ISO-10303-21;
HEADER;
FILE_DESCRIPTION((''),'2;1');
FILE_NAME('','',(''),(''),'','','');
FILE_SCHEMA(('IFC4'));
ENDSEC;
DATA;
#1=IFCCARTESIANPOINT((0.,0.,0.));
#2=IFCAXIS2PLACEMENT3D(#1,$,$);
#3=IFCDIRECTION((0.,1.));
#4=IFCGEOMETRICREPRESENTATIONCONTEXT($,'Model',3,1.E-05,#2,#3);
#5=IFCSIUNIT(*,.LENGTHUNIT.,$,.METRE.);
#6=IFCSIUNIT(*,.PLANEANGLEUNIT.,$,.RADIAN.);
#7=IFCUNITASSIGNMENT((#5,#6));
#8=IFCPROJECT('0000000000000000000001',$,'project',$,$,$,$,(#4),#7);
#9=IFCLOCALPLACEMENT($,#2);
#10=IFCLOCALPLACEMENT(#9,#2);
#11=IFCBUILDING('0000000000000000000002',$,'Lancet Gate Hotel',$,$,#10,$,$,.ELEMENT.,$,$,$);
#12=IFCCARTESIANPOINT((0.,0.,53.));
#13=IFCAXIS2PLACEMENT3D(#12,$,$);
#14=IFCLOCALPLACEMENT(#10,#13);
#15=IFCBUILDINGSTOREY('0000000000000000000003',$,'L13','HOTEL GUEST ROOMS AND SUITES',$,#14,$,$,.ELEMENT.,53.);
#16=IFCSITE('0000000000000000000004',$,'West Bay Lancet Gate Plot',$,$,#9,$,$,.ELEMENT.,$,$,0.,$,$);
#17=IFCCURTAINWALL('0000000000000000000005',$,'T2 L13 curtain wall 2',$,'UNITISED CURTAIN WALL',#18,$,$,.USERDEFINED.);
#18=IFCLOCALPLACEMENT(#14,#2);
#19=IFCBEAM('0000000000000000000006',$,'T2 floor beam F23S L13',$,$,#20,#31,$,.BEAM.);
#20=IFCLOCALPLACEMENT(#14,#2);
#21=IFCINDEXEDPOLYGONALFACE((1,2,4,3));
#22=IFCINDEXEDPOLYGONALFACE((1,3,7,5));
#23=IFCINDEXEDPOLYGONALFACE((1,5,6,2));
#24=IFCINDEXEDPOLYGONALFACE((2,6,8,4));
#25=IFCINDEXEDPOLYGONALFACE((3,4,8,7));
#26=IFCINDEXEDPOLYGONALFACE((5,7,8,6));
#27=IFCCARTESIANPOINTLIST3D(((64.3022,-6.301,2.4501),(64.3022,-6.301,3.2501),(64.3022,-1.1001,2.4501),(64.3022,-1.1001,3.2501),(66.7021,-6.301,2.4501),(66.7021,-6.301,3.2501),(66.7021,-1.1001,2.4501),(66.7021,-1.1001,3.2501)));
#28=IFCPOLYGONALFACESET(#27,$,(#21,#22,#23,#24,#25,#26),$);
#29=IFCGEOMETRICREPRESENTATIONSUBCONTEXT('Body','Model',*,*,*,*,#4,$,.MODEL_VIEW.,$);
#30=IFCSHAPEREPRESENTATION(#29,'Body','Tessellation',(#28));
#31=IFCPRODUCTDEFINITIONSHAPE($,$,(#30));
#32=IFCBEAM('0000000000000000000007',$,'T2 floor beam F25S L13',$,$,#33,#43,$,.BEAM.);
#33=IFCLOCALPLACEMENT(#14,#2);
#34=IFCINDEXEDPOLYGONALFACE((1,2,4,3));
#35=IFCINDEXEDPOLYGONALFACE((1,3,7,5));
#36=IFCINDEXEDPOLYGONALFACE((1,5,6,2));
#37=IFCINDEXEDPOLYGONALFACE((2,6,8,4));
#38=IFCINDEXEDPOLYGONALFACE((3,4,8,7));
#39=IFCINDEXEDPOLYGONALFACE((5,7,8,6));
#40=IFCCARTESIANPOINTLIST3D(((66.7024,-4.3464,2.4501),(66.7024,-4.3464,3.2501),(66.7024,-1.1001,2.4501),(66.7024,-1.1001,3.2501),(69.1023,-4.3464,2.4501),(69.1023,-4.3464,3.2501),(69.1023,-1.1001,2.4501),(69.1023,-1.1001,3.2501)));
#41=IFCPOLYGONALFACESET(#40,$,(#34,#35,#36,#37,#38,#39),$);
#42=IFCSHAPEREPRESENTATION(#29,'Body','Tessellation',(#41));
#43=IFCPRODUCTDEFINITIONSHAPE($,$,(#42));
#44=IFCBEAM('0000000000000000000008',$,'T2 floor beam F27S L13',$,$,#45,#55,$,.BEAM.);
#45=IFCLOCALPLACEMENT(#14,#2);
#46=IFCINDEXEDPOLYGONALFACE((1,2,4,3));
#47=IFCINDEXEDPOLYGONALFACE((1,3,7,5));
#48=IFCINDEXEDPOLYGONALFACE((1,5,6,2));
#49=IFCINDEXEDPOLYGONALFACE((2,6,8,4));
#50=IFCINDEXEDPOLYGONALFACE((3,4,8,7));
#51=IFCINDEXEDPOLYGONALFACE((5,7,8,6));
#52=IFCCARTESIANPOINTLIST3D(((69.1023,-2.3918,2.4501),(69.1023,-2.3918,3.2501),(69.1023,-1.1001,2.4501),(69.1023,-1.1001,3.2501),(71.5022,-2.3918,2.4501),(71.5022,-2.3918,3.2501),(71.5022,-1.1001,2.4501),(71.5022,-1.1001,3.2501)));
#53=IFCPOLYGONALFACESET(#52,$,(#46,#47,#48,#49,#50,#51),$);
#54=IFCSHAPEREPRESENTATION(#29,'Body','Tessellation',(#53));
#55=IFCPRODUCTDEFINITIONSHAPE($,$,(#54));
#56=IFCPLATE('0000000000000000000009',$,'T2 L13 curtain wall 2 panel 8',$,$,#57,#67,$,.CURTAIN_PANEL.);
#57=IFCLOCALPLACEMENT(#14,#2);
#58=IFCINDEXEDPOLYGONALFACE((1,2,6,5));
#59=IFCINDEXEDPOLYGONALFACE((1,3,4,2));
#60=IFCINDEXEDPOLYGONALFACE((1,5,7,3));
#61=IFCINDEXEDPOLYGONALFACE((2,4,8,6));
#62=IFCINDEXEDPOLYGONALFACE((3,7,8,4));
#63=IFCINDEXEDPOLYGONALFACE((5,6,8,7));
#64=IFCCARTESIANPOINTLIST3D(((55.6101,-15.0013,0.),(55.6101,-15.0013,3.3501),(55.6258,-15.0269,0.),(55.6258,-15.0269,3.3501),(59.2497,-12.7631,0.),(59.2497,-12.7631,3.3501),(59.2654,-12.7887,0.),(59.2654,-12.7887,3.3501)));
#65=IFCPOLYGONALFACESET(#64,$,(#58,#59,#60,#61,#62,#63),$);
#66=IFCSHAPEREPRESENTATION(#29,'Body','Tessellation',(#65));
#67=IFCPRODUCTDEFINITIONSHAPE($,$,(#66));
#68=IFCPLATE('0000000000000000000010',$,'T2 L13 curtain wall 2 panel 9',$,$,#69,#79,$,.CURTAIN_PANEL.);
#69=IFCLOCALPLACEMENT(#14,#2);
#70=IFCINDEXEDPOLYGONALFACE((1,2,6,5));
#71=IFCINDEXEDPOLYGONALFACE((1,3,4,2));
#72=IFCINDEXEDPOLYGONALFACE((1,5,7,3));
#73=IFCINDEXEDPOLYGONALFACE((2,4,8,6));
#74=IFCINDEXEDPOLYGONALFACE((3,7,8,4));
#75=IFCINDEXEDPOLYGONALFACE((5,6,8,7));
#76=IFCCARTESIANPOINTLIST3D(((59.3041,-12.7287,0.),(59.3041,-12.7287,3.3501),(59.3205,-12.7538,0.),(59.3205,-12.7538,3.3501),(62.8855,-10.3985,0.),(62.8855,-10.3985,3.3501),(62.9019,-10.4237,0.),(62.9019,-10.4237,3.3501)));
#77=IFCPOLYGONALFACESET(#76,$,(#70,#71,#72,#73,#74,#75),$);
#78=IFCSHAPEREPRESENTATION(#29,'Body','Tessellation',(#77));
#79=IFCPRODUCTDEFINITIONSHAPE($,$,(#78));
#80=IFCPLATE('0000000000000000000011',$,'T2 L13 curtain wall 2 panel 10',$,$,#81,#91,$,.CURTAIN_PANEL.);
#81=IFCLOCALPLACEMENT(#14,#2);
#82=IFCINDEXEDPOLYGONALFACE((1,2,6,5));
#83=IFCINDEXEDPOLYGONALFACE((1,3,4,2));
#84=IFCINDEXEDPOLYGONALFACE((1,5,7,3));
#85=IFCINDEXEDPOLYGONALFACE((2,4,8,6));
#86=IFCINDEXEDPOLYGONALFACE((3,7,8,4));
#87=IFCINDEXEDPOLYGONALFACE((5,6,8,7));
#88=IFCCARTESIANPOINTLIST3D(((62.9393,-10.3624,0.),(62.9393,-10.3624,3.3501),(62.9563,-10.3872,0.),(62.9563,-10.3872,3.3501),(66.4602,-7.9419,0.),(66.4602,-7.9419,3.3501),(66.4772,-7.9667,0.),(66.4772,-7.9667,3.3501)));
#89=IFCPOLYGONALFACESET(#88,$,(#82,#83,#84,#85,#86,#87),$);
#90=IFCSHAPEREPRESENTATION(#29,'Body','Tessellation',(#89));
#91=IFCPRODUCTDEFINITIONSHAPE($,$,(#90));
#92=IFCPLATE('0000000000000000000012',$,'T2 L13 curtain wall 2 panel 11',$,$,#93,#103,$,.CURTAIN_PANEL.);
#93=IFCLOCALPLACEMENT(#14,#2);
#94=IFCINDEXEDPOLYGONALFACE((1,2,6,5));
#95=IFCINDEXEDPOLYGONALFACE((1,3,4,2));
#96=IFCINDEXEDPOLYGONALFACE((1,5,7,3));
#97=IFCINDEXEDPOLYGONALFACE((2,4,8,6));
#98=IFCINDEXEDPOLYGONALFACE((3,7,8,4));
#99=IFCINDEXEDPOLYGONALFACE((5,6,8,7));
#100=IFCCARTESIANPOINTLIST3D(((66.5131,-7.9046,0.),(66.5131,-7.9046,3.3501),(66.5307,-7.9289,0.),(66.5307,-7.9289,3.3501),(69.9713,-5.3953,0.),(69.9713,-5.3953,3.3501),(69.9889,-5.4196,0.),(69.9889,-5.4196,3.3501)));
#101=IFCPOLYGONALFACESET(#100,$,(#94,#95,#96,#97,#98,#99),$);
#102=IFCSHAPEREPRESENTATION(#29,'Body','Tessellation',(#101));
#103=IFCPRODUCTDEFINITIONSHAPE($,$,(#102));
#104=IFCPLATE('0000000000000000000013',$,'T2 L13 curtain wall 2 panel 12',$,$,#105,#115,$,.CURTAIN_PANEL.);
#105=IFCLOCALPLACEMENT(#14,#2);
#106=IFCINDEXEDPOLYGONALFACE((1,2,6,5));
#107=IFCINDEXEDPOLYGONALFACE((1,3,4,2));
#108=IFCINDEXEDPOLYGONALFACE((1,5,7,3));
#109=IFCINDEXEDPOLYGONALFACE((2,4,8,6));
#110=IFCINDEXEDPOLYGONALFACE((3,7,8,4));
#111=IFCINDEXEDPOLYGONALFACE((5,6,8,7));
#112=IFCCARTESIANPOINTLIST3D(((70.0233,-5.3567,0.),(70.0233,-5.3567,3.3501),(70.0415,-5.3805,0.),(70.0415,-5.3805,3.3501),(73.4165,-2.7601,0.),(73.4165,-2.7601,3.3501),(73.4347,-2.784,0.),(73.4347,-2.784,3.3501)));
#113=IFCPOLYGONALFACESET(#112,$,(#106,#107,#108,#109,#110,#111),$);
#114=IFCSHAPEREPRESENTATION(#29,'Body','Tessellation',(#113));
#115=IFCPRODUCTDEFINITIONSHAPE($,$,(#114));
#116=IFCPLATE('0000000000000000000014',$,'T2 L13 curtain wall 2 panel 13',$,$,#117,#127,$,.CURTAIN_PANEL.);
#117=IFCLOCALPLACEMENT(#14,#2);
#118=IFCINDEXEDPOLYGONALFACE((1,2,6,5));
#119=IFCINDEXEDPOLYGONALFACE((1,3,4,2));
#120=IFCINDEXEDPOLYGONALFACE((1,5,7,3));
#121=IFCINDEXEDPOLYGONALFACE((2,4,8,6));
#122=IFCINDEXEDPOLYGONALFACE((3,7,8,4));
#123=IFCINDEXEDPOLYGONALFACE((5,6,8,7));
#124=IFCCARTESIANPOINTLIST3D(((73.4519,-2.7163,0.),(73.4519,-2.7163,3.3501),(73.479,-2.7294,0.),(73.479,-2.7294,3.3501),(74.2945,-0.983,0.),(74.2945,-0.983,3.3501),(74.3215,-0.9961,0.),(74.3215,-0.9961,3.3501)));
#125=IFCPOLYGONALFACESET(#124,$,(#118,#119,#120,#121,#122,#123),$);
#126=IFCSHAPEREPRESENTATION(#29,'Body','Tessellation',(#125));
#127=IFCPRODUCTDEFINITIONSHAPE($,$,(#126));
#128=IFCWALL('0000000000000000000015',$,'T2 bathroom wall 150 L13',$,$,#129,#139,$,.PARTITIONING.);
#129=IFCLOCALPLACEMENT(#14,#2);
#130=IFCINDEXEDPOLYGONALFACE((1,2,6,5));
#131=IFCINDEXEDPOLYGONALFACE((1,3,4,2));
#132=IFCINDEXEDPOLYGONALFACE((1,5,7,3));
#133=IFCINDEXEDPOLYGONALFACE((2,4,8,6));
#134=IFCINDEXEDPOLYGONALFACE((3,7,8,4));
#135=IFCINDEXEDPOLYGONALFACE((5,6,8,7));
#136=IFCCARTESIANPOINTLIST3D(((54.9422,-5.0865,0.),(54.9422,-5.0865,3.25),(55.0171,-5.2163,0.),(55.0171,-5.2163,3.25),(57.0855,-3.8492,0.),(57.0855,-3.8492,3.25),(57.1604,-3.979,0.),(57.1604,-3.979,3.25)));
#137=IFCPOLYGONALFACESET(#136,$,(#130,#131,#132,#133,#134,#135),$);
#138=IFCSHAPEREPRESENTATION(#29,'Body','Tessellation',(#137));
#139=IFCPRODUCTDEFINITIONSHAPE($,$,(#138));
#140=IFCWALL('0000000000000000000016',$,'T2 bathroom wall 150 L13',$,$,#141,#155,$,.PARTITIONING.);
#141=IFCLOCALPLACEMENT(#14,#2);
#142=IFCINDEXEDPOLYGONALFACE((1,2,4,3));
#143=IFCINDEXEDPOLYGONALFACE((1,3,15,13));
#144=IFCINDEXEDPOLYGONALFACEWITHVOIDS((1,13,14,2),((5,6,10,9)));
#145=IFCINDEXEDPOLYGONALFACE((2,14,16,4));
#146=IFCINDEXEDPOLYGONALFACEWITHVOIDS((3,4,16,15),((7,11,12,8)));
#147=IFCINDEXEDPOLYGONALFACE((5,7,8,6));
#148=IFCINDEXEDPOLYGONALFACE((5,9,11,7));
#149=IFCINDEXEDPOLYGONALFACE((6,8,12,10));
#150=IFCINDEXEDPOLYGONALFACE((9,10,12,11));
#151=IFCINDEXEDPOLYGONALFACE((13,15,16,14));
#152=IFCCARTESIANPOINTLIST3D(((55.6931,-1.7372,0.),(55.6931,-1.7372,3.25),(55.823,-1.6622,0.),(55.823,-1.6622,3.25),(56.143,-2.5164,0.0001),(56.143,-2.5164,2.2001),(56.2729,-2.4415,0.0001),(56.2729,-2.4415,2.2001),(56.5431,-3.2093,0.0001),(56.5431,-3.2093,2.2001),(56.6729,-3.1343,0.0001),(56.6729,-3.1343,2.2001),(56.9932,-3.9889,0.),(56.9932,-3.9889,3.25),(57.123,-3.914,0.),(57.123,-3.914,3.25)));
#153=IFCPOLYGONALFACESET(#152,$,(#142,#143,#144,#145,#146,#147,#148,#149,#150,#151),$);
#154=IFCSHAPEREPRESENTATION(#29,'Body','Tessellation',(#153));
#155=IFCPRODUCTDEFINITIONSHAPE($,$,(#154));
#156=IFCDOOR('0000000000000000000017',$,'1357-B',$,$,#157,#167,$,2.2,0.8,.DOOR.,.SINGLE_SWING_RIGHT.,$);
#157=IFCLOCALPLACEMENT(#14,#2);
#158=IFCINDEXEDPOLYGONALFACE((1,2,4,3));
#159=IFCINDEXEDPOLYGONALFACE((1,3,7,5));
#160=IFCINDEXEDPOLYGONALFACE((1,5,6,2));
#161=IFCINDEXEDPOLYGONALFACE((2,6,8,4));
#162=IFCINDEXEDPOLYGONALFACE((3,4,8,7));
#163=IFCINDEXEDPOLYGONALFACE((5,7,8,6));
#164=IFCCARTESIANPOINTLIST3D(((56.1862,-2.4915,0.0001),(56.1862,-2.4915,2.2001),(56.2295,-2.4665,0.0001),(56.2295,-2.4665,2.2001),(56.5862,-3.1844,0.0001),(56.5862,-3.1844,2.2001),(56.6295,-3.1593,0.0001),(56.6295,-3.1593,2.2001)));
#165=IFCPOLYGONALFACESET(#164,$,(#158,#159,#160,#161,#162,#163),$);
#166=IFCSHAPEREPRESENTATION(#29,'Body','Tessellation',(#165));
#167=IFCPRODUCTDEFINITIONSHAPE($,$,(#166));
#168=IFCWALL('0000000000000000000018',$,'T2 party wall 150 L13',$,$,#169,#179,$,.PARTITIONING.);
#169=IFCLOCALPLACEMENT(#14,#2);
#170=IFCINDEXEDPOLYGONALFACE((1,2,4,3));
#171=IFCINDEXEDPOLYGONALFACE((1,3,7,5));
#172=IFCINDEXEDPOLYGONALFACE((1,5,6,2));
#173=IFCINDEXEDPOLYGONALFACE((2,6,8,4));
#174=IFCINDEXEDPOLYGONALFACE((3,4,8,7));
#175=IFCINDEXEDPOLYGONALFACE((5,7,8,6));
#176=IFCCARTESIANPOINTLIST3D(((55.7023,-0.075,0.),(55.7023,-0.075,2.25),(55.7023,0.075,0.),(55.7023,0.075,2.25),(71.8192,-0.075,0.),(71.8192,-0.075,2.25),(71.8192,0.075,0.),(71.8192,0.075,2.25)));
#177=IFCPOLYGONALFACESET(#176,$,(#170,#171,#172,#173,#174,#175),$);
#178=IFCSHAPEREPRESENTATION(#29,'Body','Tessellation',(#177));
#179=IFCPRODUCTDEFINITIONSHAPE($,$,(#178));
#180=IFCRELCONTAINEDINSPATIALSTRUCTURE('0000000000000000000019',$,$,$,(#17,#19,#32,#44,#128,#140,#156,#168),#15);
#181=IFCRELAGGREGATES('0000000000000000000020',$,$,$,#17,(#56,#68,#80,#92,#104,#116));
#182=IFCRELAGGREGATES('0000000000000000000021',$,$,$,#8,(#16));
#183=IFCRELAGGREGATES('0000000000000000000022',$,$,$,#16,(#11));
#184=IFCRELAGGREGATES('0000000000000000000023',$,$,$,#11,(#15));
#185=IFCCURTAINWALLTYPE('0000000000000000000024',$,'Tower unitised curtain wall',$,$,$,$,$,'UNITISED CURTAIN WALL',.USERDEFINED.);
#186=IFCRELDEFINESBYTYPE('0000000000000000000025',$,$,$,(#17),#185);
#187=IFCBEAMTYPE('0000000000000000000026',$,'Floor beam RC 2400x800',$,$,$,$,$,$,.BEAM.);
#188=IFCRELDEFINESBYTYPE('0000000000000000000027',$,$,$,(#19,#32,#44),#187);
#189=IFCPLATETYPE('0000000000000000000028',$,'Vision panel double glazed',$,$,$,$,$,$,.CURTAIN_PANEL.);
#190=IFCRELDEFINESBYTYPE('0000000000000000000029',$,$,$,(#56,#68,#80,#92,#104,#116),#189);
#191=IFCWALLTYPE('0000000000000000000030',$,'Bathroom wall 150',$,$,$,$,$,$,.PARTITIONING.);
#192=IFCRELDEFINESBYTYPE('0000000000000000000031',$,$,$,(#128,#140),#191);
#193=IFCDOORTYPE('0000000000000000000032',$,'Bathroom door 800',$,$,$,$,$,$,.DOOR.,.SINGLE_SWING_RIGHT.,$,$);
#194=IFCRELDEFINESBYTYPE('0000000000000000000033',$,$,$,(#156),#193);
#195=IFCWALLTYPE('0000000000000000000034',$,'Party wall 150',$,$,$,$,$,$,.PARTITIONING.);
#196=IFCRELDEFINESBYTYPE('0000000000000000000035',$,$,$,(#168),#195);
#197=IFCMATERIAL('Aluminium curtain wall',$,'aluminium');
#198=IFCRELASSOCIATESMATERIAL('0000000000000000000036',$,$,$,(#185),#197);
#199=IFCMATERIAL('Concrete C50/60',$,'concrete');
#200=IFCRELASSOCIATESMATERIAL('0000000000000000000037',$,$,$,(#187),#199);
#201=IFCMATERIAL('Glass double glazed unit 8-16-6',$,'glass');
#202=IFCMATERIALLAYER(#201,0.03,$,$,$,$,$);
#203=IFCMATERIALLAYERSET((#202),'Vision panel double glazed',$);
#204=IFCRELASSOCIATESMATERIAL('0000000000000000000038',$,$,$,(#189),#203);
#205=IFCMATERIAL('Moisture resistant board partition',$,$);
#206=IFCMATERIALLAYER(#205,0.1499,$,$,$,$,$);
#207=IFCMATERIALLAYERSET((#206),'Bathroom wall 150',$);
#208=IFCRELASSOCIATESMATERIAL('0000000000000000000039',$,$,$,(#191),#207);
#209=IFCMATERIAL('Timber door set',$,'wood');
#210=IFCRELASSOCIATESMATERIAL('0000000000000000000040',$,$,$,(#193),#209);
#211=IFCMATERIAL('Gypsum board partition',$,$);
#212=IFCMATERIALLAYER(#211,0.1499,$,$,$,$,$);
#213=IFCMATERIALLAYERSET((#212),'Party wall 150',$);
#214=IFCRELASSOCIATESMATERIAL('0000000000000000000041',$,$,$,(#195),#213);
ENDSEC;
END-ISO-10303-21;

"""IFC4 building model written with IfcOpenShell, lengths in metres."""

from ifc_helpers import new_model, si_unit, direction, frame, frame_2d, origin, origin_2d, place, context, subcontext, project, spatial, rectangle, extrude, material, layer, layer_set, material_profile, profile_set, type_object, element, fill, aggregate, save


model = new_model("IFC4")

# Units and contexts
model_context = context("Model", 3, precision=1e-05, world=origin(), true_north=direction((0.0, 1.0)))
body_context = subcontext(model_context, "Body", "Model", "MODEL_VIEW")
ifc_project = project(units=[si_unit("LENGTHUNIT", "METRE"), si_unit("PLANEANGLEUNIT", "RADIAN")], contexts=[model_context])

# Site, building, storey
site_placement = place(None, origin())
site = spatial("IfcSite", under=ifc_project, at=site_placement, Name="West Bay Lancet Gate Plot", CompositionType="ELEMENT", RefElevation=0.0)
building_placement = place(site_placement, origin())
building = spatial("IfcBuilding", under=site, at=building_placement, Name="Lancet Gate Hotel", CompositionType="ELEMENT")
storey_placement = place(building_placement, frame((0.0, 0.0, 53.0)))
storey = spatial("IfcBuildingStorey", under=building, at=storey_placement, Name="L13", Description="HOTEL GUEST ROOMS AND SUITES", CompositionType="ELEMENT", Elevation=53.0)

# Curtain wall
ifc_material_1 = material(Name="Aluminium curtain wall", Category="aluminium")
curtain_wall_type = type_object("IfcCurtainWallType", Name="Tower unitised curtain wall", ElementType="UNITISED CURTAIN WALL", PredefinedType="USERDEFINED", material=ifc_material_1)
curtain_wall_placement = place(storey_placement, origin())
curtain_wall = element("IfcCurtainWall", 1, at=curtain_wall_placement, inside=storey, type_object=curtain_wall_type, Name="T2 L13 curtain wall 2", ObjectType="UNITISED CURTAIN WALL", PredefinedType="USERDEFINED")

# Beams
ifc_material_2 = material(Name="Concrete C50/60", Category="concrete")
ifc_material_profile_1 = material_profile(ifc_material_2, rectangle(XDim=2.3999, YDim=0.8, at=origin_2d()), Name="RC 2400x800")
ifc_profile_set_1 = profile_set([ifc_material_profile_1], Name="Concrete C50/60")
beam_type_1 = type_object("IfcBeamType", Name="Floor beam RC 2400x800", PredefinedType="BEAM", material=ifc_profile_set_1)
beam_1_placement = place(storey_placement, frame((65.5022, -6.301, 2.8501), z_axis=(0.0, 1.0, 0.0), x_axis=(-1.0, 0.0, 0.0)))
element("IfcBeam", 2, at=beam_1_placement, inside=storey, type_object=beam_type_1, Name="T2 floor beam F23S L13", PredefinedType="BEAM", context=body_context, shape_type="SweptSolid", body=[
    extrude(rectangle(XDim=2.3999, YDim=0.8, at=origin_2d()), origin(), (0.0, 0.0, 1.0), 5.2009),
])
beam_2_placement = place(storey_placement, frame((67.9023, -4.3464, 2.8501), z_axis=(0.0, 1.0, 0.0), x_axis=(-1.0, 0.0, 0.0)))
element("IfcBeam", 3, at=beam_2_placement, inside=storey, type_object=beam_type_1, Name="T2 floor beam F25S L13", PredefinedType="BEAM", context=body_context, shape_type="SweptSolid", body=[
    extrude(rectangle(XDim=2.3999, YDim=0.8, at=origin_2d()), origin(), (0.0, 0.0, 1.0), 3.2463),
])
beam_3_placement = place(storey_placement, frame((70.3022, -2.3918, 2.8501), z_axis=(0.0, 1.0, 0.0), x_axis=(-1.0, 0.0, 0.0)))
element("IfcBeam", 4, at=beam_3_placement, inside=storey, type_object=beam_type_1, Name="T2 floor beam F27S L13", PredefinedType="BEAM", context=body_context, shape_type="SweptSolid", body=[
    extrude(rectangle(XDim=2.3999, YDim=0.8, at=origin_2d()), origin(), (0.0, 0.0, 1.0), 1.2917),
])

# Plates
ifc_material_3 = material(Name="Glass double glazed unit 8-16-6", Category="glass")
ifc_layer_1 = layer(ifc_material_3, 0.03)
ifc_layer_set_1 = layer_set([ifc_layer_1], Name="Vision panel double glazed")
plate_type = type_object("IfcPlateType", Name="Vision panel double glazed", PredefinedType="CURTAIN_PANEL", material=ifc_layer_set_1)
plate_1_placement = place(storey_placement, frame((57.4377, -13.895, 0.0), z_axis=(0.0, 0.0, 1.0), x_axis=(0.851815, 0.523842, 0.0)))
plate_1 = element("IfcPlate", 5, at=plate_1_placement, type_object=plate_type, Name="T2 L13 curtain wall 2 panel 8", PredefinedType="CURTAIN_PANEL", context=body_context, shape_type="SweptSolid", body=[
    extrude(rectangle(XDim=4.2727, YDim=0.03, at=origin_2d()), origin(), (0.0, 0.0, 1.0), 3.3501),
])
plate_2_placement = place(storey_placement, frame((61.103, -11.5762, 0.0), z_axis=(0.0, 0.0, 1.0), x_axis=(0.838207, 0.545353, 0.0)))
plate_2 = element("IfcPlate", 6, at=plate_2_placement, type_object=plate_type, Name="T2 L13 curtain wall 2 panel 9", PredefinedType="CURTAIN_PANEL", context=body_context, shape_type="SweptSolid", body=[
    extrude(rectangle(XDim=4.2727, YDim=0.03, at=origin_2d()), origin(), (0.0, 0.0, 1.0), 3.3501),
])
plate_3_placement = place(storey_placement, frame((64.7083, -9.1646, 0.0), z_axis=(0.0, 0.0, 1.0), x_axis=(0.824055, 0.566509, 0.0)))
plate_3 = element("IfcPlate", 7, at=plate_3_placement, type_object=plate_type, Name="T2 L13 curtain wall 2 panel 10", PredefinedType="CURTAIN_PANEL", context=body_context, shape_type="SweptSolid", body=[
    extrude(rectangle(XDim=4.2727, YDim=0.03, at=origin_2d()), origin(), (0.0, 0.0, 1.0), 3.3501),
])
plate_4_placement = place(storey_placement, frame((68.251, -6.6621, 0.0), z_axis=(0.0, 0.0, 1.0), x_axis=(0.80937, 0.587299, 0.0)))
plate_4 = element("IfcPlate", 8, at=plate_4_placement, type_object=plate_type, Name="T2 L13 curtain wall 2 panel 11", PredefinedType="CURTAIN_PANEL", context=body_context, shape_type="SweptSolid", body=[
    extrude(rectangle(XDim=4.2727, YDim=0.03, at=origin_2d()), origin(), (0.0, 0.0, 1.0), 3.3501),
])
plate_5_placement = place(storey_placement, frame((71.729, -4.0703, 0.0), z_axis=(0.0, 0.0, 1.0), x_axis=(0.79416, 0.607709, 0.0)))
plate_5 = element("IfcPlate", 9, at=plate_5_placement, type_object=plate_type, Name="T2 L13 curtain wall 2 panel 12", PredefinedType="CURTAIN_PANEL", context=body_context, shape_type="SweptSolid", body=[
    extrude(rectangle(XDim=4.2727, YDim=0.03, at=origin_2d()), origin(), (0.0, 0.0, 1.0), 3.3501),
])
plate_6_placement = place(storey_placement, frame((73.8867, -1.8562, 0.0), z_axis=(0.0, 0.0, 1.0), x_axis=(0.437169, 0.899379, 0.0)))
plate_6 = element("IfcPlate", 10, at=plate_6_placement, type_object=plate_type, Name="T2 L13 curtain wall 2 panel 13", PredefinedType="CURTAIN_PANEL", context=body_context, shape_type="SweptSolid", body=[
    extrude(rectangle(XDim=1.9272, YDim=0.03, at=origin_2d()), origin(), (0.0, 0.0, 1.0), 3.3501),
])
aggregate(curtain_wall, [plate_1, plate_2, plate_3, plate_4, plate_5, plate_6])

# Wall
ifc_material_4 = material(Name="Moisture resistant board partition")
ifc_layer_2 = layer(ifc_material_4, 0.1499)
ifc_layer_set_2 = layer_set([ifc_layer_2], Name="Bathroom wall 150")
wall_type_1 = type_object("IfcWallType", Name="Bathroom wall 150", PredefinedType="PARTITIONING", material=ifc_layer_set_2)
wall_1_placement = place(storey_placement, frame((54.9797, -5.1514, 0.0), z_axis=(0.0, 0.0, 1.0), x_axis=(0.866049, 0.499959, 0.0)))
element("IfcWall", 11, at=wall_1_placement, inside=storey, type_object=wall_type_1, Name="T2 bathroom wall 150 L13", PredefinedType="PARTITIONING", context=body_context, shape_type="SweptSolid", body=[
    extrude(rectangle(XDim=2.4749, YDim=0.1499, at=frame_2d((1.2373, 0.0))), origin(), (0.0, 0.0, 1.0), 3.25),
])

# Wall, opening, door
wall_2_placement = place(storey_placement, frame((55.7581, -1.6997, 0.0), z_axis=(0.0, 0.0, 1.0), x_axis=(0.500007, -0.866021, 0.0)))
wall_2 = element("IfcWall", 12, at=wall_2_placement, inside=storey, type_object=wall_type_1, Name="T2 bathroom wall 150 L13", PredefinedType="PARTITIONING", context=body_context, shape_type="SweptSolid", body=[
    extrude(rectangle(XDim=2.6001, YDim=0.1499, at=frame_2d((1.3, 0.0))), origin(), (0.0, 0.0, 1.0), 3.25),
])
opening_placement = place(wall_2_placement, frame((0.8999, 0.0, 0.0)))
opening = element("IfcOpeningElement", 13, at=opening_placement, cuts=wall_2, PredefinedType="OPENING", context=body_context, shape_type="SweptSolid", body=[
    extrude(rectangle(XDim=0.8, YDim=2.2, at=frame_2d((0.3999, 1.1001))), frame((0.0, 0.085, 0.0), z_axis=(0.0, -1.0, 0.0), x_axis=(1.0, 0.0, 0.0)), (0.0, 0.0, 1.0), 0.1699),
])
ifc_material_5 = material(Name="Timber door set", Category="wood")
door_type = type_object("IfcDoorType", Name="Bathroom door 800", OperationType="SINGLE_SWING_RIGHT", PredefinedType="DOOR", material=ifc_material_5)
door_placement = place(opening_placement, origin())
door = element("IfcDoor", 14, at=door_placement, inside=storey, type_object=door_type, Name="1357-B", OperationType="SINGLE_SWING_RIGHT", OverallHeight=2.2, OverallWidth=0.8, PredefinedType="DOOR", context=body_context, shape_type="SweptSolid", body=[
    extrude(rectangle(XDim=0.8, YDim=2.2, at=frame_2d((0.3999, 1.1001))), frame((0.0, 0.0249, 0.0), z_axis=(0.0, -1.0, 0.0), x_axis=(1.0, 0.0, 0.0)), (0.0, 0.0, 1.0), 0.05),
])
fill(opening, door)

# Wall
ifc_material_6 = material(Name="Gypsum board partition")
ifc_layer_3 = layer(ifc_material_6, 0.1499)
ifc_layer_set_3 = layer_set([ifc_layer_3], Name="Party wall 150")
wall_type_2 = type_object("IfcWallType", Name="Party wall 150", PredefinedType="PARTITIONING", material=ifc_layer_set_3)
wall_3_placement = place(storey_placement, frame((55.7021, 0.0, 0.0), z_axis=(0.0, 0.0, 1.0), x_axis=(1.0, 0.0, 0.0)))
element("IfcWall", 15, at=wall_3_placement, inside=storey, type_object=wall_type_2, Name="T2 party wall 150 L13", PredefinedType="PARTITIONING", context=body_context, shape_type="SweptSolid", body=[
    extrude(rectangle(XDim=16.1169, YDim=0.1499, at=frame_2d((8.0586, 0.0))), origin(), (0.0, 0.0, 1.0), 2.25),
])

save(model, "model.ifc")
